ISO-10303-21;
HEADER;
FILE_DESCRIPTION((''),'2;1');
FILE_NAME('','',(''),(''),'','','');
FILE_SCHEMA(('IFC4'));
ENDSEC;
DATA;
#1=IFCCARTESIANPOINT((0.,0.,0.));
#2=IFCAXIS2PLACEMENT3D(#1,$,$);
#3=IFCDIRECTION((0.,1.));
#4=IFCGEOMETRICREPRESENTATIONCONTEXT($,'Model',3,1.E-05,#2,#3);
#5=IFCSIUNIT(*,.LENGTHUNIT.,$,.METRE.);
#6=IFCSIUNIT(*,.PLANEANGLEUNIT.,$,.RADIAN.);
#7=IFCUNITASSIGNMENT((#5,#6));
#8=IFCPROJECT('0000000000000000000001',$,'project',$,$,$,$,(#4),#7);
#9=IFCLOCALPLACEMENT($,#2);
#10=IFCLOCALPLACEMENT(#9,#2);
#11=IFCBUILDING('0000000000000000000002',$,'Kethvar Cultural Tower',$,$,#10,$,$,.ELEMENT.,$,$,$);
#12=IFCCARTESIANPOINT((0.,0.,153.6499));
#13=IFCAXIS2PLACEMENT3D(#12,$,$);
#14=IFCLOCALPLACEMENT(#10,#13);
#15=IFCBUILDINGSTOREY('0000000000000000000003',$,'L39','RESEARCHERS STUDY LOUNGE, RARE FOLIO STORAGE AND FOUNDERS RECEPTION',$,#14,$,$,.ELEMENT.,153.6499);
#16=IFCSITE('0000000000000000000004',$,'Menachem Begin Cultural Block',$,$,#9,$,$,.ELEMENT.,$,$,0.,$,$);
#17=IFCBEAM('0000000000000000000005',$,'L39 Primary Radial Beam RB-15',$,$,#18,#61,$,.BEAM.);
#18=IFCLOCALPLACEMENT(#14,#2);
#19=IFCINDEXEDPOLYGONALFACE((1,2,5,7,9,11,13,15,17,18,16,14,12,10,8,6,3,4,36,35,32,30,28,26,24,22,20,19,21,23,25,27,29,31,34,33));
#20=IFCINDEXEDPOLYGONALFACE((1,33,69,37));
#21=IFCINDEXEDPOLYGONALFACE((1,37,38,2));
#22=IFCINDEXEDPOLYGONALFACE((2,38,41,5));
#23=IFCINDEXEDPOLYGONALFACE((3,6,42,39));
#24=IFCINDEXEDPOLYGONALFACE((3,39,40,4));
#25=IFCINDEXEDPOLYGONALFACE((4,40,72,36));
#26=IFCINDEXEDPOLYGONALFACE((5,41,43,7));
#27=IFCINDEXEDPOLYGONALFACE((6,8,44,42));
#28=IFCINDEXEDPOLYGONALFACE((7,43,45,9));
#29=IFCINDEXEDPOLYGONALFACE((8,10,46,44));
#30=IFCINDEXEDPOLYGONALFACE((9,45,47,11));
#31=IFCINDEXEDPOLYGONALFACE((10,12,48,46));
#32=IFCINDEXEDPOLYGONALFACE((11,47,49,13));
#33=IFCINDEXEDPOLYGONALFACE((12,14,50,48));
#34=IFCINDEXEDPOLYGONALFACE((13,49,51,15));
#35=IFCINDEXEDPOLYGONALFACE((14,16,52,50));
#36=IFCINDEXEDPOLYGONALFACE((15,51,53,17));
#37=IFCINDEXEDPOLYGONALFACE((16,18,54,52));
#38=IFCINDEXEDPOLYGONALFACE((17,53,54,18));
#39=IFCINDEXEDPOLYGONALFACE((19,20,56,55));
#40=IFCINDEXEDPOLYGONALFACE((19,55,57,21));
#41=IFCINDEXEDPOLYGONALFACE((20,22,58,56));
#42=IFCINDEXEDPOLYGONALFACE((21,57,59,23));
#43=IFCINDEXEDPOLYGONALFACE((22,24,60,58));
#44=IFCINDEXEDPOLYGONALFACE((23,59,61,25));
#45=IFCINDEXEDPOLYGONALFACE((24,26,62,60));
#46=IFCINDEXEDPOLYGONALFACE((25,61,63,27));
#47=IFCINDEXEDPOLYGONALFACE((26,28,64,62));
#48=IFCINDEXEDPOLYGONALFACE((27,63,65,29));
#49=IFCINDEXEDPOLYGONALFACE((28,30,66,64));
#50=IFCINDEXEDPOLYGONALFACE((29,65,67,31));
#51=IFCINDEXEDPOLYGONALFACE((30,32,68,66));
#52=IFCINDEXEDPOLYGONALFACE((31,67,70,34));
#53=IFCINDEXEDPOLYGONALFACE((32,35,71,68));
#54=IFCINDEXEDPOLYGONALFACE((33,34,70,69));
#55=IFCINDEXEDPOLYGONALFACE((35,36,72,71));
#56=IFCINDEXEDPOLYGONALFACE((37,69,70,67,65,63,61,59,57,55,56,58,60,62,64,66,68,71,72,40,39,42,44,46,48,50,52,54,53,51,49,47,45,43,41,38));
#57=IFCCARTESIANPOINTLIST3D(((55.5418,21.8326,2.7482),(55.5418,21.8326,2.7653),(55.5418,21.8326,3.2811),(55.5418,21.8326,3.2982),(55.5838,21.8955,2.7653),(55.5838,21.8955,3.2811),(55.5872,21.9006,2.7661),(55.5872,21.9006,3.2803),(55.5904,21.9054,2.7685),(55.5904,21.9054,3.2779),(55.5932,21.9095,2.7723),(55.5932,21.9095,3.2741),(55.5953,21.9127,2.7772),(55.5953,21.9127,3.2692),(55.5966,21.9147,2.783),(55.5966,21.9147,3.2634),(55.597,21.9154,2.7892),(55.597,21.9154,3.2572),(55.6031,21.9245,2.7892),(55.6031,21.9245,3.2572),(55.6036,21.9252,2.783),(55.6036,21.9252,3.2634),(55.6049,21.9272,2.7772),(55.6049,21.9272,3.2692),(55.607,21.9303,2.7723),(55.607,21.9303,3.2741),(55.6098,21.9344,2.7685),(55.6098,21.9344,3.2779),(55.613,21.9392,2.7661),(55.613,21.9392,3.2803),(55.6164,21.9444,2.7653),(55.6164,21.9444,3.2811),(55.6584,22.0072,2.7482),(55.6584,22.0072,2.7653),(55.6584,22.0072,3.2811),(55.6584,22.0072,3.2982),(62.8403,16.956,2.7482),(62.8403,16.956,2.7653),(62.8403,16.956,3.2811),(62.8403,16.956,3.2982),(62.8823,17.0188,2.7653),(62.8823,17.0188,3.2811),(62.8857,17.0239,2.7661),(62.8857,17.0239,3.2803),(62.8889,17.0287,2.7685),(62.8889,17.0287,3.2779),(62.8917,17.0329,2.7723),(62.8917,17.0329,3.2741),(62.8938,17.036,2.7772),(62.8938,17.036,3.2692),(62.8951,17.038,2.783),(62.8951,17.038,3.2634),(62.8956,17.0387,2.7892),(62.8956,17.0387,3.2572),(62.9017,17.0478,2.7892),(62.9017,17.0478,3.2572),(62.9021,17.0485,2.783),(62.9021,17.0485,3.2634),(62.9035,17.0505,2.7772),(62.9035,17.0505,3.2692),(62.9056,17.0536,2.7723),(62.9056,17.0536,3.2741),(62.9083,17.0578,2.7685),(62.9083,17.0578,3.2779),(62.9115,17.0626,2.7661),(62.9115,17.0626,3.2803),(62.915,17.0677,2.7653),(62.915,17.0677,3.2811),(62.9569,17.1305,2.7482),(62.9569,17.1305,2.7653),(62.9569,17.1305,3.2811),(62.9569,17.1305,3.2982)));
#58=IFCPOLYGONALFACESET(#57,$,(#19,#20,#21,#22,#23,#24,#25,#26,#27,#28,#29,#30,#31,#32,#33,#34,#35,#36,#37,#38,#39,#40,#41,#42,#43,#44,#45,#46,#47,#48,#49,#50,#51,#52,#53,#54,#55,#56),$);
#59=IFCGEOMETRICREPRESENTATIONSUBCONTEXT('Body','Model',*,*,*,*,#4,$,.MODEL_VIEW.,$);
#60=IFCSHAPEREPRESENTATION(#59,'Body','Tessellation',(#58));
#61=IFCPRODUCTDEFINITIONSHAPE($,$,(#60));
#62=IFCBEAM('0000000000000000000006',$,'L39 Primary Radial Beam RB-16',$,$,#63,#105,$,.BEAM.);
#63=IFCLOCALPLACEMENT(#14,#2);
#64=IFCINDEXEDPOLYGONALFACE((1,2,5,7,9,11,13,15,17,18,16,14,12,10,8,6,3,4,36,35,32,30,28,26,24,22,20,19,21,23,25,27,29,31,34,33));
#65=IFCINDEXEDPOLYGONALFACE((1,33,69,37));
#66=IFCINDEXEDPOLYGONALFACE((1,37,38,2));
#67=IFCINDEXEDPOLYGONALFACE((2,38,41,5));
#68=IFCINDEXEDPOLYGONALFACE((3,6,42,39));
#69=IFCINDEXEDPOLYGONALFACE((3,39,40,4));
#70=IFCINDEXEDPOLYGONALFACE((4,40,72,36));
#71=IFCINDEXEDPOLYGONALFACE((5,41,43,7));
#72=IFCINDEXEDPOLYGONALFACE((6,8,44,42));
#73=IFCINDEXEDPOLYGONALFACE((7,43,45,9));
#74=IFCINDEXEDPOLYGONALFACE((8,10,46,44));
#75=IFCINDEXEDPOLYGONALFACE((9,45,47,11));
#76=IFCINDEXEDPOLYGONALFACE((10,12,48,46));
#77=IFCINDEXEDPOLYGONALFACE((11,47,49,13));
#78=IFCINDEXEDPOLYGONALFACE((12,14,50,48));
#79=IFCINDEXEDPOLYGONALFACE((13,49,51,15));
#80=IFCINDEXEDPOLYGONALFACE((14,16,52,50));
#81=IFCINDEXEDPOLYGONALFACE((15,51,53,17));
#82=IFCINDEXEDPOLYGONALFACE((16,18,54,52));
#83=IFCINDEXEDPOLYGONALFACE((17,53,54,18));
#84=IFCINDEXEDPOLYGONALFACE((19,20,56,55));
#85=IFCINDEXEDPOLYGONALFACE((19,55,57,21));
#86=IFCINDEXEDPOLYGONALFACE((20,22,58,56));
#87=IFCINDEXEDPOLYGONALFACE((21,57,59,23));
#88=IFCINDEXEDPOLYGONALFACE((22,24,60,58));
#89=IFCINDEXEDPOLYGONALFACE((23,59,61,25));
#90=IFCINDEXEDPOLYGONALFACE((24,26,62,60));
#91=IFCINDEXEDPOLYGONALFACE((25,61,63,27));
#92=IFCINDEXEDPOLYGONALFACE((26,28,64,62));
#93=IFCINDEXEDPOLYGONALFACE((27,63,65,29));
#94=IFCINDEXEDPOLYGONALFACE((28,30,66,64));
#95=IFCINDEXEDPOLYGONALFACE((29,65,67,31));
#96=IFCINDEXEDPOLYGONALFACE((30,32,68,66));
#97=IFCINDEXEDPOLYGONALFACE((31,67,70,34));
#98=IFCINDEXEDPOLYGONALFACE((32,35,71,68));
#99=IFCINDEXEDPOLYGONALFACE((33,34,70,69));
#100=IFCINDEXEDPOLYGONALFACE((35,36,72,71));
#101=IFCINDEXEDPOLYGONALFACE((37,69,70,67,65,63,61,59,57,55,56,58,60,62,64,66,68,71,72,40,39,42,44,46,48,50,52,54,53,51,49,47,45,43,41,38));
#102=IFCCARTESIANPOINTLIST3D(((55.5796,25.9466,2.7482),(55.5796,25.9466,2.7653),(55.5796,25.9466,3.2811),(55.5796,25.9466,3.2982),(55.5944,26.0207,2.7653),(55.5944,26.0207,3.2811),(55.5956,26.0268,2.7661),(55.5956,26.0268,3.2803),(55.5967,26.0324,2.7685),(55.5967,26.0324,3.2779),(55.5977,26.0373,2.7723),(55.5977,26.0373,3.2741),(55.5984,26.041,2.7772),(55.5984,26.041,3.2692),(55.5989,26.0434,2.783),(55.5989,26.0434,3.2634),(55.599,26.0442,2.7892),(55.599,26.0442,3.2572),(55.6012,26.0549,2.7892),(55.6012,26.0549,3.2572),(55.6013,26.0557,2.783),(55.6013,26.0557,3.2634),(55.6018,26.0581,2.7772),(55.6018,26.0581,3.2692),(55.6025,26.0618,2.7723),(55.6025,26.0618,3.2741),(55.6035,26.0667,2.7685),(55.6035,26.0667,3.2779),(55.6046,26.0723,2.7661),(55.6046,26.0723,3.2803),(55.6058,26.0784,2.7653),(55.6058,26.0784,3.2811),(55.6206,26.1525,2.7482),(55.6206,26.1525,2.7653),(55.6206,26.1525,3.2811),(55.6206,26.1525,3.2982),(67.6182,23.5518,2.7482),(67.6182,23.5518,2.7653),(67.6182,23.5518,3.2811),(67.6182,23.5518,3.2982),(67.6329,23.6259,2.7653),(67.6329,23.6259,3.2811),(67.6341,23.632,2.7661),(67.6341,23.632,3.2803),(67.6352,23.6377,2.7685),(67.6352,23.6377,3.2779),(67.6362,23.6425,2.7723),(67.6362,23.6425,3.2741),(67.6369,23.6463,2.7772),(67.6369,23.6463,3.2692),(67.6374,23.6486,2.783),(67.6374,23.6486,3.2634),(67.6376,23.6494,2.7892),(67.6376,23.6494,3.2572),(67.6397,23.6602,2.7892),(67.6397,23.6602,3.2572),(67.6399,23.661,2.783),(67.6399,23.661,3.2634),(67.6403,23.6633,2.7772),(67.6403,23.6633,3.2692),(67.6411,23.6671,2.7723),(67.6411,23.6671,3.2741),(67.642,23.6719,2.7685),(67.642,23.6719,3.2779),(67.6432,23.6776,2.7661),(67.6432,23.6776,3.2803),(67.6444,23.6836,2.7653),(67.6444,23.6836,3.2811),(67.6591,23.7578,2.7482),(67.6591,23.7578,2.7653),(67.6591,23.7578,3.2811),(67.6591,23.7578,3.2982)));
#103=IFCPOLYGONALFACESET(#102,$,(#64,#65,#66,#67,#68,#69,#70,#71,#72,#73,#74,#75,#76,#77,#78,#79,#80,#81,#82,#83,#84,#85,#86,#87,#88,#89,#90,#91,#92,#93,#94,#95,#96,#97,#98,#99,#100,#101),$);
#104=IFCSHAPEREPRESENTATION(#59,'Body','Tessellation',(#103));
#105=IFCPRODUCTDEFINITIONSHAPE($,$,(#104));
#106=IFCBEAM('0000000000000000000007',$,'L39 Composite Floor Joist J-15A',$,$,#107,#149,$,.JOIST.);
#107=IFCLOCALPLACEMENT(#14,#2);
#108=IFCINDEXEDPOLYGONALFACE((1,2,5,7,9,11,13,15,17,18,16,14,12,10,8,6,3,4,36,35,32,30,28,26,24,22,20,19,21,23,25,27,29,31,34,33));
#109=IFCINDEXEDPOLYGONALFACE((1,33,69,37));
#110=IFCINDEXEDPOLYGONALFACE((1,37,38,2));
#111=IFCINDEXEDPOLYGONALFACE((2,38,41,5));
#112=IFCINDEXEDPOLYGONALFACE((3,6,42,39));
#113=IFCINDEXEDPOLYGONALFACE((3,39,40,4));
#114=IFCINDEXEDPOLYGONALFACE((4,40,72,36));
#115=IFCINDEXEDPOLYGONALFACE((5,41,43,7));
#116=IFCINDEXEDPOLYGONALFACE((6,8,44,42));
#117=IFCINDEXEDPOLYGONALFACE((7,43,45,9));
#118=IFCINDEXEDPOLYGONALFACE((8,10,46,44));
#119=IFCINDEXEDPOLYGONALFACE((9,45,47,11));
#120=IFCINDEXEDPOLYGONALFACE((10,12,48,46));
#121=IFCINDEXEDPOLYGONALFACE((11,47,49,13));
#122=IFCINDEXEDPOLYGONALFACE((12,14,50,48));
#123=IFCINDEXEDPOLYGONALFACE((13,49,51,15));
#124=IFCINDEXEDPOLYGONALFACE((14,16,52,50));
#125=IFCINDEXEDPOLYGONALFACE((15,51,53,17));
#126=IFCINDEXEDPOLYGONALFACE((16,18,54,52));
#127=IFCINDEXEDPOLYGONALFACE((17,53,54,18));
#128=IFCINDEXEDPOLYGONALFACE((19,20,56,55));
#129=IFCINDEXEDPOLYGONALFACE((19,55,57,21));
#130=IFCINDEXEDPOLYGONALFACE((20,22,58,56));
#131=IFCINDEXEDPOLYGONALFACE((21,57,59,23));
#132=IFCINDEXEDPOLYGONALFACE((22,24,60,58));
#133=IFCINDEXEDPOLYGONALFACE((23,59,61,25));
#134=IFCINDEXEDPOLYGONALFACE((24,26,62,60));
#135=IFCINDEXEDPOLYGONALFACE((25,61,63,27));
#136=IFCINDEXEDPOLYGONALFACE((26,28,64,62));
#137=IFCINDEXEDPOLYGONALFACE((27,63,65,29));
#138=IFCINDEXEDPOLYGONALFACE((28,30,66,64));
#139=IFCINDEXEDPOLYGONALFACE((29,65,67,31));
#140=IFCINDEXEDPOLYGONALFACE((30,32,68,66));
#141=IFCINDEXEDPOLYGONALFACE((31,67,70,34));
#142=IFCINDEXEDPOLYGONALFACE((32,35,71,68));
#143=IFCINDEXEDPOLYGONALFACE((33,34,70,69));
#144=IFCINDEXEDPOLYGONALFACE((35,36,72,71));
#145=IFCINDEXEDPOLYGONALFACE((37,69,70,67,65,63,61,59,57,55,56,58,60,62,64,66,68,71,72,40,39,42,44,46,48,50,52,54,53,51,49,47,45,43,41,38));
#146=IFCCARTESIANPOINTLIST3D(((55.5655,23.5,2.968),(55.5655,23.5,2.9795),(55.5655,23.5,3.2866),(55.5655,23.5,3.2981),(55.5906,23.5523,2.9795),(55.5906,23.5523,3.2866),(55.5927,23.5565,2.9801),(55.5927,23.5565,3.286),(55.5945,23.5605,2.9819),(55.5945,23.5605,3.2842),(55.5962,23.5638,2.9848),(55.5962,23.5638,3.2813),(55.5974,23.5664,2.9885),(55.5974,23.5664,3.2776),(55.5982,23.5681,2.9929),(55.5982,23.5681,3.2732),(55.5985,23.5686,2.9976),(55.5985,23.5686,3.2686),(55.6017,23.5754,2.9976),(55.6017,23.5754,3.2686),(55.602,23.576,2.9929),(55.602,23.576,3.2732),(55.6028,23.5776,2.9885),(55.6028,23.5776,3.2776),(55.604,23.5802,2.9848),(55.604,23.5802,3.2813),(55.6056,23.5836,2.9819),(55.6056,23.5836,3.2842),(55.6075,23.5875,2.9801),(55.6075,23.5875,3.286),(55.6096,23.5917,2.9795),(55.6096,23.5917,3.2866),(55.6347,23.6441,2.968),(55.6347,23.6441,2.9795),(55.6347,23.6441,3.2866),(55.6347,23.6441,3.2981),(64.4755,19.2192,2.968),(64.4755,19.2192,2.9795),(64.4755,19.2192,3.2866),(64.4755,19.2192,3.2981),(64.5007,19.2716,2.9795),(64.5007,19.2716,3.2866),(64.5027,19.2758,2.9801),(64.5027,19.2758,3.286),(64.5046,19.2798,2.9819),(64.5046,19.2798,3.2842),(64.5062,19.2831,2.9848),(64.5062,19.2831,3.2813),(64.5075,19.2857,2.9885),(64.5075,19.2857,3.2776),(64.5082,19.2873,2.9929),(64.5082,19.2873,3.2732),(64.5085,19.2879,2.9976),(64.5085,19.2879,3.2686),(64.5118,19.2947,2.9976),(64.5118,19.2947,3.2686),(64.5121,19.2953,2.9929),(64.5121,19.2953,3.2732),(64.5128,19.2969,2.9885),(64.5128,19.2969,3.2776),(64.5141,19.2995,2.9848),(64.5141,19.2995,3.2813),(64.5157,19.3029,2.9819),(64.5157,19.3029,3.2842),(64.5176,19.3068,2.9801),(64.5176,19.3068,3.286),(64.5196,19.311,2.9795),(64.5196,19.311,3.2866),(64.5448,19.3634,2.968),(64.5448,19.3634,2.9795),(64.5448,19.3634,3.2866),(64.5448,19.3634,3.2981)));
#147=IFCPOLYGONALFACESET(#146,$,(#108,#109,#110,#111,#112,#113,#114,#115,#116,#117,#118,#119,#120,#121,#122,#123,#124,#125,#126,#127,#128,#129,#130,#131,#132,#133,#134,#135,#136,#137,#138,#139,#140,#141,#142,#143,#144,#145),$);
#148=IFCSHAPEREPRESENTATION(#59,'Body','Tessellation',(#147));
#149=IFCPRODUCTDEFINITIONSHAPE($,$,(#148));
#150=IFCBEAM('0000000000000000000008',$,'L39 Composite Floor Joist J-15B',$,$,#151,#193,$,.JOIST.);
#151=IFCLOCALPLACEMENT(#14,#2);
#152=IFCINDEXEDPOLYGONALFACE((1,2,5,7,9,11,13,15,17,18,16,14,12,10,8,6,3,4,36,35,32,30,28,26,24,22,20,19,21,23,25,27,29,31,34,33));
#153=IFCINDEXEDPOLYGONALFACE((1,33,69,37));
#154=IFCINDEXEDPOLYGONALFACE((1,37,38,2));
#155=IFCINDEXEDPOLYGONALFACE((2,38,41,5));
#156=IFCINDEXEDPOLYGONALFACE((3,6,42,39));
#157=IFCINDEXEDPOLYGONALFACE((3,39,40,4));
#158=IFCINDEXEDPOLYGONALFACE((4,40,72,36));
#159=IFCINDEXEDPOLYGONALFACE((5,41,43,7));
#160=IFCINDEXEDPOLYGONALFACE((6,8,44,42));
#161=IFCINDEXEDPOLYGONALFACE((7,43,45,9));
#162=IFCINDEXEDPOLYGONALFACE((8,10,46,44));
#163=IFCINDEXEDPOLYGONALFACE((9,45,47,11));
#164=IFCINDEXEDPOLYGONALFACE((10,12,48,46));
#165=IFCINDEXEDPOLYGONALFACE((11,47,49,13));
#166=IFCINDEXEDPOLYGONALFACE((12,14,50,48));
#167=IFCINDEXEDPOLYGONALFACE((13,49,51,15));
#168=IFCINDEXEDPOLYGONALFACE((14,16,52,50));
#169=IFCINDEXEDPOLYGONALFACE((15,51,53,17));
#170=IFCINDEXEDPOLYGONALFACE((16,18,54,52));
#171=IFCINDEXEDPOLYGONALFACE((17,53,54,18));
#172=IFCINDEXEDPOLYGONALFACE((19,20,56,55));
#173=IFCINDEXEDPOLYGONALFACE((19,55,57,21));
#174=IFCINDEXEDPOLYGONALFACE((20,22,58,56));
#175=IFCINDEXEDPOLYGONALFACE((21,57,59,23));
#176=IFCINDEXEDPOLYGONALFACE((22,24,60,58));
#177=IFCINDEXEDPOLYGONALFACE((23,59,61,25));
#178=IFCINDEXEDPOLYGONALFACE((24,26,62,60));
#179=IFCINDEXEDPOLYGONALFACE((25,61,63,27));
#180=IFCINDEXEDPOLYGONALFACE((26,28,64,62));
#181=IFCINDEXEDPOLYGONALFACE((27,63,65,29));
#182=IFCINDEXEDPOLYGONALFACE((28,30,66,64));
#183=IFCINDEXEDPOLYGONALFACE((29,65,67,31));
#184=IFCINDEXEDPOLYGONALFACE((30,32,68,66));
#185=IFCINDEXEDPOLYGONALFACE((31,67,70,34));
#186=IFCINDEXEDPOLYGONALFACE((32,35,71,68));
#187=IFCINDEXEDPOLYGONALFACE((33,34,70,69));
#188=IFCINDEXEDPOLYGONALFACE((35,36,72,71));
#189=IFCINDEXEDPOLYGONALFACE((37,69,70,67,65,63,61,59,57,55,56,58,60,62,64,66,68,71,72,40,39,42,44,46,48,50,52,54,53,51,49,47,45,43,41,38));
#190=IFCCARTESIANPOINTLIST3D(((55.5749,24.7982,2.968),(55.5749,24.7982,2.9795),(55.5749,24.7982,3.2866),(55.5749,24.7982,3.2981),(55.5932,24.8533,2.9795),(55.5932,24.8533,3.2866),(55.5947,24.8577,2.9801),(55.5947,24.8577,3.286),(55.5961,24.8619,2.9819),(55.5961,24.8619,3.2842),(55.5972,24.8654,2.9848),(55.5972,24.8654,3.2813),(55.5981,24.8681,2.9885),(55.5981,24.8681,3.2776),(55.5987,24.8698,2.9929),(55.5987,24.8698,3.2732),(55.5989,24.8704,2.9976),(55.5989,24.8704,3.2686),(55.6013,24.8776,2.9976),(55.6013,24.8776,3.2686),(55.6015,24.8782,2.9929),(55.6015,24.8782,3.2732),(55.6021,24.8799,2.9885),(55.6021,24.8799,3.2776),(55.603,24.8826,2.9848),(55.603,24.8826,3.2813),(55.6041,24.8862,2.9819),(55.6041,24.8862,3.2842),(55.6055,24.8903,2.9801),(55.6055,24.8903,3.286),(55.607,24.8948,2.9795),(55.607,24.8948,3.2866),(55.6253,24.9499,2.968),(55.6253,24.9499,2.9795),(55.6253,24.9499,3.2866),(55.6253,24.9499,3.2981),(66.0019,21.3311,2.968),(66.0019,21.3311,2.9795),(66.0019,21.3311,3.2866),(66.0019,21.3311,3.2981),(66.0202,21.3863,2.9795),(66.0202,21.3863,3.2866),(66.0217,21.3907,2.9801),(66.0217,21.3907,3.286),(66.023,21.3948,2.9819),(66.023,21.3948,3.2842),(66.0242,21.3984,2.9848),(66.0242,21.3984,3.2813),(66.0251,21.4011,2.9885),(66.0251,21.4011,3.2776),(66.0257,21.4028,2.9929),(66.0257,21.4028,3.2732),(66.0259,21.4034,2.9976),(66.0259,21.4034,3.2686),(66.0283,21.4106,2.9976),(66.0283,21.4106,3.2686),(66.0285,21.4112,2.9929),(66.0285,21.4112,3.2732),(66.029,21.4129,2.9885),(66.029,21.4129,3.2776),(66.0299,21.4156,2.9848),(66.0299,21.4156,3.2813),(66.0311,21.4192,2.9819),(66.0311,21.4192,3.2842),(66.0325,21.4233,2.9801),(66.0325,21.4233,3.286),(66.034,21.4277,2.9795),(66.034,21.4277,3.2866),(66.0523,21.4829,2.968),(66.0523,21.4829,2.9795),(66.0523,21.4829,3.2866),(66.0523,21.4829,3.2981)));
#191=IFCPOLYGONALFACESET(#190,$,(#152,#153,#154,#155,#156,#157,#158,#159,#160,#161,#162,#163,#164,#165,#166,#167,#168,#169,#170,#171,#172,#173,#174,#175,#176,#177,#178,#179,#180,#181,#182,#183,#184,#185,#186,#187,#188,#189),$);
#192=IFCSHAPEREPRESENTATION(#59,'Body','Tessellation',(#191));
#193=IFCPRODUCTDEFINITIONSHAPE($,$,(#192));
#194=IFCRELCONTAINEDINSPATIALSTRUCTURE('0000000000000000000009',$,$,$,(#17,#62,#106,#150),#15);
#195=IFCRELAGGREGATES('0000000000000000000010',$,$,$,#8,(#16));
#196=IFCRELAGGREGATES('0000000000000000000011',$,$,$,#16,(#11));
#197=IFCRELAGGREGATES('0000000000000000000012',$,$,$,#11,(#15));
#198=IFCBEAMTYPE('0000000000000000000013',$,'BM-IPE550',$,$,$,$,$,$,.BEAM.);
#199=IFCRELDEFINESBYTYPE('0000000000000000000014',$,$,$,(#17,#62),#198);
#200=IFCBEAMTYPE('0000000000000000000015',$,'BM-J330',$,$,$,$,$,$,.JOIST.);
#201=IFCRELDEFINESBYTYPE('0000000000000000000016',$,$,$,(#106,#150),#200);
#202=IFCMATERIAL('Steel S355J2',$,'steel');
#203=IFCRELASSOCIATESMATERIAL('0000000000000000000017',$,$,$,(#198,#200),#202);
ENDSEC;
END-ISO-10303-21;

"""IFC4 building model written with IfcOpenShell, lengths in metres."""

from ifc_helpers import new_model, si_unit, direction, frame, origin, origin_2d, place, context, subcontext, project, spatial, i_section, extrude, source, transform, mapped, material, material_profile, profile_set, type_object, element, save


model = new_model("IFC4")

# Units and contexts
model_context = context("Model", 3, precision=1e-05, world=origin(), true_north=direction((0.0, 1.0)))
body_context = subcontext(model_context, "Body", "Model", "MODEL_VIEW")
ifc_project = project(units=[si_unit("LENGTHUNIT", "METRE"), si_unit("PLANEANGLEUNIT", "RADIAN")], contexts=[model_context])

# Site, building, storey
site_placement = place(None, origin())
site = spatial("IfcSite", under=ifc_project, at=site_placement, Name="Menachem Begin Cultural Block", CompositionType="ELEMENT", RefElevation=0.0)
building_placement = place(site_placement, origin())
building = spatial("IfcBuilding", under=site, at=building_placement, Name="Kethvar Cultural Tower", CompositionType="ELEMENT")
storey_placement = place(building_placement, frame((0.0, 0.0, 153.6499)))
storey = spatial("IfcBuildingStorey", under=building, at=storey_placement, Name="L39", Description="RESEARCHERS STUDY LOUNGE, RARE FOLIO STORAGE AND FOUNDERS RECEPTION", CompositionType="ELEMENT", Elevation=153.6499)

# Beams
ifc_material_1 = material(Name="Steel S355J2", Category="steel")
ifc_material_profile_1 = material_profile(ifc_material_1, i_section(OverallWidth=0.21, OverallDepth=0.55, WebThickness=0.011, FlangeThickness=0.0171, FilletRadius=0.0239, at=origin_2d()), Name="Steel S355J2 — IPE550")
ifc_profile_set_1 = profile_set([ifc_material_profile_1], Name="Steel S355J2 — IPE550")
beam_type_1 = type_object("IfcBeamType", Name="BM-IPE550", PredefinedType="BEAM", material=ifc_profile_set_1)
shared_shape_1 = source(origin(), body_context, "Body", "SweptSolid", [
    extrude(i_section(OverallWidth=0.21, OverallDepth=0.55, WebThickness=0.011, FlangeThickness=0.0171, FilletRadius=0.0239, at=origin_2d()), origin(), (0.0, 0.0, 1.0), 8.7778),
])
beam_1_placement = place(storey_placement, frame((55.6001, 21.9199, 3.0232), z_axis=(0.831472, -0.555566, 0.0), x_axis=(0.555566, 0.831472, 0.0)))
element("IfcBeam", 1, at=beam_1_placement, inside=storey, type_object=beam_type_1, Name="L39 Primary Radial Beam RB-15", PredefinedType="BEAM", context=body_context, shape_type="MappedRepresentation", body=[
    mapped(shared_shape_1, transform((0.0, 0.0, 0.0), scale=1.0)),
])
shared_shape_2 = source(origin(), body_context, "Body", "SweptSolid", [
    extrude(i_section(OverallWidth=0.21, OverallDepth=0.55, WebThickness=0.011, FlangeThickness=0.0171, FilletRadius=0.0239, at=origin_2d()), origin(), (0.0, 0.0, 1.0), 12.2744),
])
beam_2_placement = place(storey_placement, frame((55.6001, 26.0496, 3.0232), z_axis=(0.980783, -0.195102, 0.0), x_axis=(0.195102, 0.980783, 0.0)))
element("IfcBeam", 2, at=beam_2_placement, inside=storey, type_object=beam_type_1, Name="L39 Primary Radial Beam RB-16", PredefinedType="BEAM", context=body_context, shape_type="MappedRepresentation", body=[
    mapped(shared_shape_2, transform((0.0, 0.0, 0.0), scale=1.0)),
])
ifc_material_profile_2 = material_profile(ifc_material_1, i_section(OverallWidth=0.1599, OverallDepth=0.3301, WebThickness=0.0076, FlangeThickness=0.0115, FilletRadius=0.0181, at=origin_2d()), Name="Steel S355J2 — IPE330")
ifc_profile_set_2 = profile_set([ifc_material_profile_2], Name="Steel S355J2 — IPE330")
beam_type_2 = type_object("IfcBeamType", Name="BM-J330", PredefinedType="JOIST", material=ifc_profile_set_2)
shared_shape_3 = source(origin(), body_context, "Body", "SweptSolid", [
    extrude(i_section(OverallWidth=0.1599, OverallDepth=0.3301, WebThickness=0.0076, FlangeThickness=0.0115, FilletRadius=0.0181, at=origin_2d()), origin(), (0.0, 0.0, 1.0), 9.885),
])
beam_3_placement = place(storey_placement, frame((55.6001, 23.572, 3.1331), z_axis=(0.90137, -0.433051, 0.0), x_axis=(0.433051, 0.90137, 0.0)))
element("IfcBeam", 3, at=beam_3_placement, inside=storey, type_object=beam_type_2, Name="L39 Composite Floor Joist J-15A", PredefinedType="JOIST", context=body_context, shape_type="MappedRepresentation", body=[
    mapped(shared_shape_3, transform((0.0, 0.0, 0.0), scale=1.0)),
])
shared_shape_4 = source(origin(), body_context, "Body", "SweptSolid", [
    extrude(i_section(OverallWidth=0.1599, OverallDepth=0.3301, WebThickness=0.0076, FlangeThickness=0.0115, FilletRadius=0.0181, at=origin_2d()), origin(), (0.0, 0.0, 1.0), 10.9883),
])
beam_4_placement = place(storey_placement, frame((55.6001, 24.874, 3.1331), z_axis=(0.948919, -0.315521, 0.0), x_axis=(0.315521, 0.948919, 0.0)))
element("IfcBeam", 4, at=beam_4_placement, inside=storey, type_object=beam_type_2, Name="L39 Composite Floor Joist J-15B", PredefinedType="JOIST", context=body_context, shape_type="MappedRepresentation", body=[
    mapped(shared_shape_4, transform((0.0, 0.0, 0.0), scale=1.0)),
])

save(model, "model.ifc")
